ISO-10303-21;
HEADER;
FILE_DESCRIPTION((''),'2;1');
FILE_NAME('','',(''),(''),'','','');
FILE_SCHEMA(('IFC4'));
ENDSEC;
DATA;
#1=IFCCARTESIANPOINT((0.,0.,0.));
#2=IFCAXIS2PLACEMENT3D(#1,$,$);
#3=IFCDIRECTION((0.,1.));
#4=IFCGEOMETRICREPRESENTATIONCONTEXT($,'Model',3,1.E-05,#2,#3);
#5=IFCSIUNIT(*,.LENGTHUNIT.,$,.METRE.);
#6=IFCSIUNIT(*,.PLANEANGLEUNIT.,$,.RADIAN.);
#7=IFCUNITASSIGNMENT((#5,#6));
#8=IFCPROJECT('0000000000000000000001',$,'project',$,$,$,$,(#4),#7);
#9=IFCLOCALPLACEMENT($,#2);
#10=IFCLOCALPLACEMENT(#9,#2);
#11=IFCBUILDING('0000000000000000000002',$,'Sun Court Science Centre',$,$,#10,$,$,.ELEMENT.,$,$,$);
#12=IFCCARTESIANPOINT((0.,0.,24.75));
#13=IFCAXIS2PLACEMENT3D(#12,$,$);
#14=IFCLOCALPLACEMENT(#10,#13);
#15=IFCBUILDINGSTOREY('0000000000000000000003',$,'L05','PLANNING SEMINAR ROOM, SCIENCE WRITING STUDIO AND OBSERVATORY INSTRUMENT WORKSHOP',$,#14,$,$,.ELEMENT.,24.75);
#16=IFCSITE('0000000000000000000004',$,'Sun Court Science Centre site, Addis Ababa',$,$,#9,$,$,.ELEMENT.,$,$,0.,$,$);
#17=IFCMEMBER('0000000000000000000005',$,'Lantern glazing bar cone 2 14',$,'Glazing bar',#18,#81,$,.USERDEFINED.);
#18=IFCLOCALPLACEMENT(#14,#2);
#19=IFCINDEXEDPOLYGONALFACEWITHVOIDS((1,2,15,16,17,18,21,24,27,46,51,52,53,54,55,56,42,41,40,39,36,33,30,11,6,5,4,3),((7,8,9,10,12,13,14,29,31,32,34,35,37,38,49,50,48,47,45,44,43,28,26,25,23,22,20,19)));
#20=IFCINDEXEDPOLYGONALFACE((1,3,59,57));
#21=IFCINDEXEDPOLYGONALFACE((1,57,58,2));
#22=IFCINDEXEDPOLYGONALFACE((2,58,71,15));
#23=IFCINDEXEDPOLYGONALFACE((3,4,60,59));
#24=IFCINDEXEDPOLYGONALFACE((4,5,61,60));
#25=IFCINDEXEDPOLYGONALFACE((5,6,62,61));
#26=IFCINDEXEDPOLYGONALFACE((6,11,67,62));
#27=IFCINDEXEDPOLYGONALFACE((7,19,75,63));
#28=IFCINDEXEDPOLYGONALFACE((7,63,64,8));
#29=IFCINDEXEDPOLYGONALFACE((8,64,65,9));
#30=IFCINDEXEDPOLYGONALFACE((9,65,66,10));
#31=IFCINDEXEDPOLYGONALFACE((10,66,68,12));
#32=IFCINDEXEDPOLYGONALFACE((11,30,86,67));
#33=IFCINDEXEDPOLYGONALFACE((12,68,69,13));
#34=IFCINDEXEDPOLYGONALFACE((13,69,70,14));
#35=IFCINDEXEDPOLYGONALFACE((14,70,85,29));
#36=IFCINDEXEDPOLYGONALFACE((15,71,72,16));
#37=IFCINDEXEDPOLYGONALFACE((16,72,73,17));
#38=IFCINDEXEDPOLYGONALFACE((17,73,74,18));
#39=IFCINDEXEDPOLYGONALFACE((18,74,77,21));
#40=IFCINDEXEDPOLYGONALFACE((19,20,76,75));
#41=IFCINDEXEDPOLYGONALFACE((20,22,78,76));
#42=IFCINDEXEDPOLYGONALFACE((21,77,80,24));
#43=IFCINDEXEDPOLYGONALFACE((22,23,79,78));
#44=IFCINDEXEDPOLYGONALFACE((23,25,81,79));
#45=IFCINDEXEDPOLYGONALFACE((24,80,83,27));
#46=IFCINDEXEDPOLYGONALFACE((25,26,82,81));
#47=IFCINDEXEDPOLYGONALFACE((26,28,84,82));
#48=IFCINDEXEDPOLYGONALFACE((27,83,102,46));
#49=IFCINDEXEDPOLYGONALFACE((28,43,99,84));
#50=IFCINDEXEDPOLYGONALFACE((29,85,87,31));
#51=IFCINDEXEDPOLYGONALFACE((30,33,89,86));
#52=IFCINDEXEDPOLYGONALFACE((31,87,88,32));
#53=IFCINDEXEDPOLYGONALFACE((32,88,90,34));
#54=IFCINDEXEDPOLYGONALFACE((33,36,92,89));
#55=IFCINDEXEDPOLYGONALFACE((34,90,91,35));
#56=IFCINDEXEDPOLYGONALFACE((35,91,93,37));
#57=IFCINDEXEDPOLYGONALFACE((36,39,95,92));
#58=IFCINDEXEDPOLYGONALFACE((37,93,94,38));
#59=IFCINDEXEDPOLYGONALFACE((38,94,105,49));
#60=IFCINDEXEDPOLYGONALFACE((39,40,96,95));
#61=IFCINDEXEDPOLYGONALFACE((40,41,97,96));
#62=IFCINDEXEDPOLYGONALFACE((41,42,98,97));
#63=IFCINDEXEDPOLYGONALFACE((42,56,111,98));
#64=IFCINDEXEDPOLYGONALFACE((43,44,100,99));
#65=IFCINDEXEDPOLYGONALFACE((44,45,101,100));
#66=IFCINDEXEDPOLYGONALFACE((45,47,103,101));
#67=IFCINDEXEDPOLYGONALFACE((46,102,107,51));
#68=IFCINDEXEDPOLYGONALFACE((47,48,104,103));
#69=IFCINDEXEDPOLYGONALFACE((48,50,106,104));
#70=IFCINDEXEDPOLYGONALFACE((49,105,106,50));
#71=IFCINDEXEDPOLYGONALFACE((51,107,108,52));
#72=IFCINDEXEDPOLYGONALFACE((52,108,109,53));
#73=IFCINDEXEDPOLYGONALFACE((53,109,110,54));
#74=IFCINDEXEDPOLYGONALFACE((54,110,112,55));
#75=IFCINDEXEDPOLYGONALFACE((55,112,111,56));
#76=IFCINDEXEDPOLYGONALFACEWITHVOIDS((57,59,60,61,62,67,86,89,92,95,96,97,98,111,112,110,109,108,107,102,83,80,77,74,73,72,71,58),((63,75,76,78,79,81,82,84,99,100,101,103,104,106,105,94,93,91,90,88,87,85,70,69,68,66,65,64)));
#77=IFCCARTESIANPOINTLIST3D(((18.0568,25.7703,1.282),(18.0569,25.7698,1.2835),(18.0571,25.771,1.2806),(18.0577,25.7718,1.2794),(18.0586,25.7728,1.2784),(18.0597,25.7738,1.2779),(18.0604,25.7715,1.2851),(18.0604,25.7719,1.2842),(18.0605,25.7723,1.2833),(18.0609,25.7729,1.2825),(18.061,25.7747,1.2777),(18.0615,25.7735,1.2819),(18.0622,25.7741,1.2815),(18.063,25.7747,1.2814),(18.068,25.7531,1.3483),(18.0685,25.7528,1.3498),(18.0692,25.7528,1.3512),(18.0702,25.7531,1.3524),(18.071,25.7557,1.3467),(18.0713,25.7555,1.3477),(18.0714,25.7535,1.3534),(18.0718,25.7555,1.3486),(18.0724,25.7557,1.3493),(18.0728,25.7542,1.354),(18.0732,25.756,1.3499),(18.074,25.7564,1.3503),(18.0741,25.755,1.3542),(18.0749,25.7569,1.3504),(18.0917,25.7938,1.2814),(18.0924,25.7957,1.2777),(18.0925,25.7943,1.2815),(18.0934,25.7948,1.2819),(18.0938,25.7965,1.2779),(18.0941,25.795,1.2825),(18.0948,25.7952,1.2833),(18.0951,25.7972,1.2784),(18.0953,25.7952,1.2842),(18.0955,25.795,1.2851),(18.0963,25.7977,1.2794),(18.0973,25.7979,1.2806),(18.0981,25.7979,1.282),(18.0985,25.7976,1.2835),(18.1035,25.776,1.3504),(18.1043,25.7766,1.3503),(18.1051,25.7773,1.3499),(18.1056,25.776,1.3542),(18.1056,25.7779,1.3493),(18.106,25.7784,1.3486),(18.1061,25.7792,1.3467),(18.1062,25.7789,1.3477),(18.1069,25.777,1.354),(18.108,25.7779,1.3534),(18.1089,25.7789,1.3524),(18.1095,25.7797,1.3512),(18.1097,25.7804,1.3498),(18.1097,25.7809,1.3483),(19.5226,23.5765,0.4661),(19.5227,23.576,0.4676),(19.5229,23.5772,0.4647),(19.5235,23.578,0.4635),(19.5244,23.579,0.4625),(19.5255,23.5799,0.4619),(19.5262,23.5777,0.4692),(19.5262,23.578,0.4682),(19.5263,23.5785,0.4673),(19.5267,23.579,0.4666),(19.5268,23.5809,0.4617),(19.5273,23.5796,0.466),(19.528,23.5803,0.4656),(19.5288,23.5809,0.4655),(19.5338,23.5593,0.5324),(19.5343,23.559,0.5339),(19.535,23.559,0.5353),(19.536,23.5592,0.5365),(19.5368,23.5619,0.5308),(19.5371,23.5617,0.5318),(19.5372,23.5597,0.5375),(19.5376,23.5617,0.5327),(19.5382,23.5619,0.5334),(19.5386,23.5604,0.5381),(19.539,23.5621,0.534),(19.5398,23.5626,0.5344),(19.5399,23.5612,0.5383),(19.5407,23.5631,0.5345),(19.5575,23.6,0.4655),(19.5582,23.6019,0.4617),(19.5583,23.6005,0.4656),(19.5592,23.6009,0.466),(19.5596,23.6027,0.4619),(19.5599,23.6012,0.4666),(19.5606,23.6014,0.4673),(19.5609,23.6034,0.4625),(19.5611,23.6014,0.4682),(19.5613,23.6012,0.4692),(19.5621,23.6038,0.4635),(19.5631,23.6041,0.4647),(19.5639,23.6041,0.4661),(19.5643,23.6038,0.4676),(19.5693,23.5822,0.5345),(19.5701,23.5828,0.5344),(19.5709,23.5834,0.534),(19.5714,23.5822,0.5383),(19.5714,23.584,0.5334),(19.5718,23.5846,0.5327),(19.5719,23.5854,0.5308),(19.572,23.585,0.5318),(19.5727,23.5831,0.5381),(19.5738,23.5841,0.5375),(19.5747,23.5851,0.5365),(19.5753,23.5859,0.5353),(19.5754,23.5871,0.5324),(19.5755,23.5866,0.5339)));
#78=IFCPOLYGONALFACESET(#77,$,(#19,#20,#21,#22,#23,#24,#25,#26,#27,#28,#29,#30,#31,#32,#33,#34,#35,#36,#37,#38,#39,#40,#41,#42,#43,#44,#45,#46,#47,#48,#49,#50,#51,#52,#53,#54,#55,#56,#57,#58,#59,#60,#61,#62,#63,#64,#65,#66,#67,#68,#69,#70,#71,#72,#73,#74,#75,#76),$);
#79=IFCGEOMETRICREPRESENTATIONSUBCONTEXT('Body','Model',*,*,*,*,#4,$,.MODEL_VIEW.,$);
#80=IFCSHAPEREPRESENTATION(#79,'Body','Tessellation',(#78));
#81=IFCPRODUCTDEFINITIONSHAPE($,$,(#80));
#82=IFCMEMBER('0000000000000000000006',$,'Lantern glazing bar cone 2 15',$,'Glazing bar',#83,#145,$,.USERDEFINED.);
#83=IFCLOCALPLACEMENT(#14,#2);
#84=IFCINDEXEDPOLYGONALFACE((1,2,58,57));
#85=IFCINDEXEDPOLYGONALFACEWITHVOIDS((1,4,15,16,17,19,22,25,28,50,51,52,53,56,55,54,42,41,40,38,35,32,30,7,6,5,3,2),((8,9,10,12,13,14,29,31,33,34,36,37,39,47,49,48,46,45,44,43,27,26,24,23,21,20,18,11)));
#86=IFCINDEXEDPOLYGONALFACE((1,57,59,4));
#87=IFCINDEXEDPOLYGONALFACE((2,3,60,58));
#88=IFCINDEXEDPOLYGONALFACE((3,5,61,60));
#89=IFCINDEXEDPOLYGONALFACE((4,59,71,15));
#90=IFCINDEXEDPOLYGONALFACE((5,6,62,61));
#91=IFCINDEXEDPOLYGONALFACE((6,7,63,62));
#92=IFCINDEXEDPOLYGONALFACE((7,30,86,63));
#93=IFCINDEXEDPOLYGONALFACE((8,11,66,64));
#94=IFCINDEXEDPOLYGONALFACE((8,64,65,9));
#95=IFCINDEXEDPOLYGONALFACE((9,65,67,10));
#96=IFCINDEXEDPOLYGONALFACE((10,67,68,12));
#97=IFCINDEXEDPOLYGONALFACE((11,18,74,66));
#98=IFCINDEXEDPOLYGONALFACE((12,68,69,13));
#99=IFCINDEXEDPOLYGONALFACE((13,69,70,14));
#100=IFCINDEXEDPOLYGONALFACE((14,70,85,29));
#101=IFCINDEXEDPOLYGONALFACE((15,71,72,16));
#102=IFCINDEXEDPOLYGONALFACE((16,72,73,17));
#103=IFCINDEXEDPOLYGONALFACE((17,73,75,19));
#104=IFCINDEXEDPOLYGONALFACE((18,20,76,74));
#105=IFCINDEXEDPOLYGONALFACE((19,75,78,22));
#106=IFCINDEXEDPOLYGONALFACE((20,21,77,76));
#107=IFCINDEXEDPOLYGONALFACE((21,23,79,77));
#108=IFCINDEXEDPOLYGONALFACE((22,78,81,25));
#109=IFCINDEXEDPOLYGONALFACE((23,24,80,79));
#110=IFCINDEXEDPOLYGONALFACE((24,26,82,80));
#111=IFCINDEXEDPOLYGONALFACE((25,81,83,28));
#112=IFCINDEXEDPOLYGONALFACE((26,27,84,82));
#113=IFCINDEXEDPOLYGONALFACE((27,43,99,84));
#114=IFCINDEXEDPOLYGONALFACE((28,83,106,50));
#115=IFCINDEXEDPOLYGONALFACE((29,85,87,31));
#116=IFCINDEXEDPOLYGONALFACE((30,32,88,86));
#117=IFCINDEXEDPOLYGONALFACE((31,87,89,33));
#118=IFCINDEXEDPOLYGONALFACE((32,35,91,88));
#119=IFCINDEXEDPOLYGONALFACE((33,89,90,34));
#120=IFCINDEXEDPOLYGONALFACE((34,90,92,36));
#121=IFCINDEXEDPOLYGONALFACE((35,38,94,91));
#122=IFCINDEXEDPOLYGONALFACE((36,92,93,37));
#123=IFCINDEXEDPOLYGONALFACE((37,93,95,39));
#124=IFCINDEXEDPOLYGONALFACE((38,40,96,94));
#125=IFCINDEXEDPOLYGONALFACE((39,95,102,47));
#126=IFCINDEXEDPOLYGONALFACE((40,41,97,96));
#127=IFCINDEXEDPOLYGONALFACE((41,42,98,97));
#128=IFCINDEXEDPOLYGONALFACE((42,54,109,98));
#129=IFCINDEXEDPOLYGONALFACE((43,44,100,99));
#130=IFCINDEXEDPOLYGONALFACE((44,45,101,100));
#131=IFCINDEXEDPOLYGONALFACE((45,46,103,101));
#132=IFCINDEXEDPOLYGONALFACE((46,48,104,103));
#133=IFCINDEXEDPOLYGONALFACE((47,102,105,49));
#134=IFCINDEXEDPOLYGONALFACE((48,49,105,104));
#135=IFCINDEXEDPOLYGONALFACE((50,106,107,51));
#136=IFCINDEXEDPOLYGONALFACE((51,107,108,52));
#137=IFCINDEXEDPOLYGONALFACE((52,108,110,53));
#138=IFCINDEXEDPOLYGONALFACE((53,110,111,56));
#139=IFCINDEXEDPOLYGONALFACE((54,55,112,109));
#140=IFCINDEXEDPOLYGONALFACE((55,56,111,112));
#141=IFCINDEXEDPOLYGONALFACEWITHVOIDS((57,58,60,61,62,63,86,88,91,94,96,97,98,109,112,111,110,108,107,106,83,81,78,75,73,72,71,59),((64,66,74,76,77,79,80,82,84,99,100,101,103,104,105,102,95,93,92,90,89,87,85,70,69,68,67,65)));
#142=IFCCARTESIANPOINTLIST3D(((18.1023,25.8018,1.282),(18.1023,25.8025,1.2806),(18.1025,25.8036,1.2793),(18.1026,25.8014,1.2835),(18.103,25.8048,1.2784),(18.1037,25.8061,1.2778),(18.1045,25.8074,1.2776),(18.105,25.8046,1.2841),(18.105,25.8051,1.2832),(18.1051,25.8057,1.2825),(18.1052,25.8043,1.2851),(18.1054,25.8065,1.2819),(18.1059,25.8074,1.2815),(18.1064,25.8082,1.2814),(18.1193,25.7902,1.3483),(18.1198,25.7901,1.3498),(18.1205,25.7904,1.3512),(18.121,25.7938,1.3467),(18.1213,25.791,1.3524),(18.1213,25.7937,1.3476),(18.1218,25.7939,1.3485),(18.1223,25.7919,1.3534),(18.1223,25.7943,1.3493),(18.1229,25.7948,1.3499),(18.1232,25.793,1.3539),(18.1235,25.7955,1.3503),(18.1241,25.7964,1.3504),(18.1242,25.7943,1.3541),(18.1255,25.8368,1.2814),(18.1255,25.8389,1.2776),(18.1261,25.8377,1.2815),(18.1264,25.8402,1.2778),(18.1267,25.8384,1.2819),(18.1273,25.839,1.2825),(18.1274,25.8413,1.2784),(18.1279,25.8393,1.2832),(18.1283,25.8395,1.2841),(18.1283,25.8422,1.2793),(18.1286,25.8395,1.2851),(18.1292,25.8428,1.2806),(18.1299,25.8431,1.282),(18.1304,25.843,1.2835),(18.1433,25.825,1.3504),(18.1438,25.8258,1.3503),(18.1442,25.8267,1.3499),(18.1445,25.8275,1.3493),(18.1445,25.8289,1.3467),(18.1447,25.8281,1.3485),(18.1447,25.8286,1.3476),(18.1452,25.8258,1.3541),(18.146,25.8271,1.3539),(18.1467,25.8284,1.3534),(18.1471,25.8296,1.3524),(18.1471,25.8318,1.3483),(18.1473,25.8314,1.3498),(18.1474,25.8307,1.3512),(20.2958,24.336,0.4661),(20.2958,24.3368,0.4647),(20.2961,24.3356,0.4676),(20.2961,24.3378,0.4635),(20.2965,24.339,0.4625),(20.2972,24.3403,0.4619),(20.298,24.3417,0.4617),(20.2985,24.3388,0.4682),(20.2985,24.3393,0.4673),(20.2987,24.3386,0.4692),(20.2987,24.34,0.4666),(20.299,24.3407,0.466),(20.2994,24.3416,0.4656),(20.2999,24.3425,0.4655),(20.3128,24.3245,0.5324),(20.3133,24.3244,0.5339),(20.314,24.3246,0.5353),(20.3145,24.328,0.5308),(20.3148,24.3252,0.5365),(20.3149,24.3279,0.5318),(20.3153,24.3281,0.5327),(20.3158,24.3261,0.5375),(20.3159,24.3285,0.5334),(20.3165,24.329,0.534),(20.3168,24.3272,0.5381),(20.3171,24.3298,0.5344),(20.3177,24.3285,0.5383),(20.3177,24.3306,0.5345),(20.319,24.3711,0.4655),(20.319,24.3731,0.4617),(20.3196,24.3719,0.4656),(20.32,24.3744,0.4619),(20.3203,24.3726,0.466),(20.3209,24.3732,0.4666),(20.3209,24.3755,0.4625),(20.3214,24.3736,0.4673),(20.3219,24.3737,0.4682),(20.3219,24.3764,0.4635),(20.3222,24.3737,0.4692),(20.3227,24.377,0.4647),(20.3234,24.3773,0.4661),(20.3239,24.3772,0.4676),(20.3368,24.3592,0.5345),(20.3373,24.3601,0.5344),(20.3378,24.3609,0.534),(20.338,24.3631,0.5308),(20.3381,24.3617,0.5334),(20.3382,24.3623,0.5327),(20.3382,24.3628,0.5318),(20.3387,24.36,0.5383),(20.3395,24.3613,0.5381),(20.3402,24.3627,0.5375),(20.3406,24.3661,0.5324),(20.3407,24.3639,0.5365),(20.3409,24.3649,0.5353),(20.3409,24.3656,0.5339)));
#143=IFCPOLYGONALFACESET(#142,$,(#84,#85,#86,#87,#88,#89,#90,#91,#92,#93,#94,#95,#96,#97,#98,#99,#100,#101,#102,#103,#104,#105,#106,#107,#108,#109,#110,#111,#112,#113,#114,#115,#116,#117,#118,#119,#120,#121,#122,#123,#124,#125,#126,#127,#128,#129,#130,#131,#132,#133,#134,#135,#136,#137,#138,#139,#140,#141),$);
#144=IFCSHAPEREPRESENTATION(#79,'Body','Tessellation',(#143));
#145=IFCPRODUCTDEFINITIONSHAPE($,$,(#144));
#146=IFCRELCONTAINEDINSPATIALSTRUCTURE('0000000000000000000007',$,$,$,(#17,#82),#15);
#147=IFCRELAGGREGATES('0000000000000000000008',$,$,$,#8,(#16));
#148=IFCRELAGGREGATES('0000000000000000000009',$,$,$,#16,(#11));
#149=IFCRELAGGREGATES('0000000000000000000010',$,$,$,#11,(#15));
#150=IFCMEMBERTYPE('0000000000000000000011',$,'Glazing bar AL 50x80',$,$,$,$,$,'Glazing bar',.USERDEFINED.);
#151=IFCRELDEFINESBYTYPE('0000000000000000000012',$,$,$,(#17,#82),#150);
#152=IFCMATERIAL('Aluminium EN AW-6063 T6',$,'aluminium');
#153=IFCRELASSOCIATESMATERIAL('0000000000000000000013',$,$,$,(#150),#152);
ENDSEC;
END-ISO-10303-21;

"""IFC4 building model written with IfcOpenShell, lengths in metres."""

from ifc_helpers import new_model, si_unit, direction, frame, origin, origin_2d, place, context, subcontext, project, spatial, hollow_rectangle, extrude, material, material_profile, profile_set, type_object, element, save


model = new_model("IFC4")

# Units and contexts
model_context = context("Model", 3, precision=1e-05, world=origin(), true_north=direction((0.0, 1.0)))
body_context = subcontext(model_context, "Body", "Model", "MODEL_VIEW")
ifc_project = project(units=[si_unit("LENGTHUNIT", "METRE"), si_unit("PLANEANGLEUNIT", "RADIAN")], contexts=[model_context])

# Site, building, storey
site_placement = place(None, origin())
site = spatial("IfcSite", under=ifc_project, at=site_placement, Name="Sun Court Science Centre site, Addis Ababa", CompositionType="ELEMENT", RefElevation=0.0)
building_placement = place(site_placement, origin())
building = spatial("IfcBuilding", under=site, at=building_placement, Name="Sun Court Science Centre", CompositionType="ELEMENT")
storey_placement = place(building_placement, frame((0.0, 0.0, 24.75)))
storey = spatial("IfcBuildingStorey", under=building, at=storey_placement, Name="L05", Description="PLANNING SEMINAR ROOM, SCIENCE WRITING STUDIO AND OBSERVATORY INSTRUMENT WORKSHOP", CompositionType="ELEMENT", Elevation=24.75)

# Members
ifc_material_1 = material(Name="Aluminium EN AW-6063 T6", Category="aluminium")
ifc_material_profile_1 = material_profile(ifc_material_1, hollow_rectangle(XDim=0.05, YDim=0.0801, WallThickness=0.0039, InnerFilletRadius=0.0039, OuterFilletRadius=0.0061, at=origin_2d()), Name="AL 50x80x4")
ifc_profile_set_1 = profile_set([ifc_material_profile_1], Name="Aluminium EN AW-6063 T6")
member_type_1 = type_object("IfcMemberType", Name="Glazing bar AL 50x80", ElementType="Glazing bar", PredefinedType="USERDEFINED", material=ifc_profile_set_1)
member_1_placement = place(storey_placement, frame((19.5491, 23.5815, 0.5), z_axis=(-0.530756, 0.794366, 0.295434), x_axis=(-0.83148, -0.555554, 0.0)))
element("IfcMember", 1, at=member_1_placement, inside=storey, type_object=member_type_1, Name="Lantern glazing bar cone 2 14", ObjectType="Glazing bar", PredefinedType="USERDEFINED", context=body_context, shape_type="SweptSolid", body=[
    extrude(hollow_rectangle(XDim=0.05, YDim=0.0801, WallThickness=0.0039, InnerFilletRadius=0.0039, OuterFilletRadius=0.0061, at=origin_2d()), origin(), (0.0, 0.0, 1.0), 2.7617),
])
for number, where, z_axis, x_axis, name in (
    (2, (20.3184, 24.3508, 0.5), (-0.794333, 0.530793, 0.295455), (-0.555597, -0.831452, 0.0), "Lantern glazing bar cone 2 15"),
):
    element("IfcMember", number, at=place(storey_placement, frame(where, z_axis=z_axis, x_axis=x_axis)), inside=storey, type_object=member_type_1, Name=name, ObjectType="Glazing bar", PredefinedType="USERDEFINED", context=body_context, shape_type="SweptSolid", body=[
        extrude(hollow_rectangle(XDim=0.05, YDim=0.0801, WallThickness=0.0039, InnerFilletRadius=0.0039, OuterFilletRadius=0.0061, at=origin_2d()), origin(), (0.0, 0.0, 1.0), 2.7615),
    ])

save(model, "model.ifc")
